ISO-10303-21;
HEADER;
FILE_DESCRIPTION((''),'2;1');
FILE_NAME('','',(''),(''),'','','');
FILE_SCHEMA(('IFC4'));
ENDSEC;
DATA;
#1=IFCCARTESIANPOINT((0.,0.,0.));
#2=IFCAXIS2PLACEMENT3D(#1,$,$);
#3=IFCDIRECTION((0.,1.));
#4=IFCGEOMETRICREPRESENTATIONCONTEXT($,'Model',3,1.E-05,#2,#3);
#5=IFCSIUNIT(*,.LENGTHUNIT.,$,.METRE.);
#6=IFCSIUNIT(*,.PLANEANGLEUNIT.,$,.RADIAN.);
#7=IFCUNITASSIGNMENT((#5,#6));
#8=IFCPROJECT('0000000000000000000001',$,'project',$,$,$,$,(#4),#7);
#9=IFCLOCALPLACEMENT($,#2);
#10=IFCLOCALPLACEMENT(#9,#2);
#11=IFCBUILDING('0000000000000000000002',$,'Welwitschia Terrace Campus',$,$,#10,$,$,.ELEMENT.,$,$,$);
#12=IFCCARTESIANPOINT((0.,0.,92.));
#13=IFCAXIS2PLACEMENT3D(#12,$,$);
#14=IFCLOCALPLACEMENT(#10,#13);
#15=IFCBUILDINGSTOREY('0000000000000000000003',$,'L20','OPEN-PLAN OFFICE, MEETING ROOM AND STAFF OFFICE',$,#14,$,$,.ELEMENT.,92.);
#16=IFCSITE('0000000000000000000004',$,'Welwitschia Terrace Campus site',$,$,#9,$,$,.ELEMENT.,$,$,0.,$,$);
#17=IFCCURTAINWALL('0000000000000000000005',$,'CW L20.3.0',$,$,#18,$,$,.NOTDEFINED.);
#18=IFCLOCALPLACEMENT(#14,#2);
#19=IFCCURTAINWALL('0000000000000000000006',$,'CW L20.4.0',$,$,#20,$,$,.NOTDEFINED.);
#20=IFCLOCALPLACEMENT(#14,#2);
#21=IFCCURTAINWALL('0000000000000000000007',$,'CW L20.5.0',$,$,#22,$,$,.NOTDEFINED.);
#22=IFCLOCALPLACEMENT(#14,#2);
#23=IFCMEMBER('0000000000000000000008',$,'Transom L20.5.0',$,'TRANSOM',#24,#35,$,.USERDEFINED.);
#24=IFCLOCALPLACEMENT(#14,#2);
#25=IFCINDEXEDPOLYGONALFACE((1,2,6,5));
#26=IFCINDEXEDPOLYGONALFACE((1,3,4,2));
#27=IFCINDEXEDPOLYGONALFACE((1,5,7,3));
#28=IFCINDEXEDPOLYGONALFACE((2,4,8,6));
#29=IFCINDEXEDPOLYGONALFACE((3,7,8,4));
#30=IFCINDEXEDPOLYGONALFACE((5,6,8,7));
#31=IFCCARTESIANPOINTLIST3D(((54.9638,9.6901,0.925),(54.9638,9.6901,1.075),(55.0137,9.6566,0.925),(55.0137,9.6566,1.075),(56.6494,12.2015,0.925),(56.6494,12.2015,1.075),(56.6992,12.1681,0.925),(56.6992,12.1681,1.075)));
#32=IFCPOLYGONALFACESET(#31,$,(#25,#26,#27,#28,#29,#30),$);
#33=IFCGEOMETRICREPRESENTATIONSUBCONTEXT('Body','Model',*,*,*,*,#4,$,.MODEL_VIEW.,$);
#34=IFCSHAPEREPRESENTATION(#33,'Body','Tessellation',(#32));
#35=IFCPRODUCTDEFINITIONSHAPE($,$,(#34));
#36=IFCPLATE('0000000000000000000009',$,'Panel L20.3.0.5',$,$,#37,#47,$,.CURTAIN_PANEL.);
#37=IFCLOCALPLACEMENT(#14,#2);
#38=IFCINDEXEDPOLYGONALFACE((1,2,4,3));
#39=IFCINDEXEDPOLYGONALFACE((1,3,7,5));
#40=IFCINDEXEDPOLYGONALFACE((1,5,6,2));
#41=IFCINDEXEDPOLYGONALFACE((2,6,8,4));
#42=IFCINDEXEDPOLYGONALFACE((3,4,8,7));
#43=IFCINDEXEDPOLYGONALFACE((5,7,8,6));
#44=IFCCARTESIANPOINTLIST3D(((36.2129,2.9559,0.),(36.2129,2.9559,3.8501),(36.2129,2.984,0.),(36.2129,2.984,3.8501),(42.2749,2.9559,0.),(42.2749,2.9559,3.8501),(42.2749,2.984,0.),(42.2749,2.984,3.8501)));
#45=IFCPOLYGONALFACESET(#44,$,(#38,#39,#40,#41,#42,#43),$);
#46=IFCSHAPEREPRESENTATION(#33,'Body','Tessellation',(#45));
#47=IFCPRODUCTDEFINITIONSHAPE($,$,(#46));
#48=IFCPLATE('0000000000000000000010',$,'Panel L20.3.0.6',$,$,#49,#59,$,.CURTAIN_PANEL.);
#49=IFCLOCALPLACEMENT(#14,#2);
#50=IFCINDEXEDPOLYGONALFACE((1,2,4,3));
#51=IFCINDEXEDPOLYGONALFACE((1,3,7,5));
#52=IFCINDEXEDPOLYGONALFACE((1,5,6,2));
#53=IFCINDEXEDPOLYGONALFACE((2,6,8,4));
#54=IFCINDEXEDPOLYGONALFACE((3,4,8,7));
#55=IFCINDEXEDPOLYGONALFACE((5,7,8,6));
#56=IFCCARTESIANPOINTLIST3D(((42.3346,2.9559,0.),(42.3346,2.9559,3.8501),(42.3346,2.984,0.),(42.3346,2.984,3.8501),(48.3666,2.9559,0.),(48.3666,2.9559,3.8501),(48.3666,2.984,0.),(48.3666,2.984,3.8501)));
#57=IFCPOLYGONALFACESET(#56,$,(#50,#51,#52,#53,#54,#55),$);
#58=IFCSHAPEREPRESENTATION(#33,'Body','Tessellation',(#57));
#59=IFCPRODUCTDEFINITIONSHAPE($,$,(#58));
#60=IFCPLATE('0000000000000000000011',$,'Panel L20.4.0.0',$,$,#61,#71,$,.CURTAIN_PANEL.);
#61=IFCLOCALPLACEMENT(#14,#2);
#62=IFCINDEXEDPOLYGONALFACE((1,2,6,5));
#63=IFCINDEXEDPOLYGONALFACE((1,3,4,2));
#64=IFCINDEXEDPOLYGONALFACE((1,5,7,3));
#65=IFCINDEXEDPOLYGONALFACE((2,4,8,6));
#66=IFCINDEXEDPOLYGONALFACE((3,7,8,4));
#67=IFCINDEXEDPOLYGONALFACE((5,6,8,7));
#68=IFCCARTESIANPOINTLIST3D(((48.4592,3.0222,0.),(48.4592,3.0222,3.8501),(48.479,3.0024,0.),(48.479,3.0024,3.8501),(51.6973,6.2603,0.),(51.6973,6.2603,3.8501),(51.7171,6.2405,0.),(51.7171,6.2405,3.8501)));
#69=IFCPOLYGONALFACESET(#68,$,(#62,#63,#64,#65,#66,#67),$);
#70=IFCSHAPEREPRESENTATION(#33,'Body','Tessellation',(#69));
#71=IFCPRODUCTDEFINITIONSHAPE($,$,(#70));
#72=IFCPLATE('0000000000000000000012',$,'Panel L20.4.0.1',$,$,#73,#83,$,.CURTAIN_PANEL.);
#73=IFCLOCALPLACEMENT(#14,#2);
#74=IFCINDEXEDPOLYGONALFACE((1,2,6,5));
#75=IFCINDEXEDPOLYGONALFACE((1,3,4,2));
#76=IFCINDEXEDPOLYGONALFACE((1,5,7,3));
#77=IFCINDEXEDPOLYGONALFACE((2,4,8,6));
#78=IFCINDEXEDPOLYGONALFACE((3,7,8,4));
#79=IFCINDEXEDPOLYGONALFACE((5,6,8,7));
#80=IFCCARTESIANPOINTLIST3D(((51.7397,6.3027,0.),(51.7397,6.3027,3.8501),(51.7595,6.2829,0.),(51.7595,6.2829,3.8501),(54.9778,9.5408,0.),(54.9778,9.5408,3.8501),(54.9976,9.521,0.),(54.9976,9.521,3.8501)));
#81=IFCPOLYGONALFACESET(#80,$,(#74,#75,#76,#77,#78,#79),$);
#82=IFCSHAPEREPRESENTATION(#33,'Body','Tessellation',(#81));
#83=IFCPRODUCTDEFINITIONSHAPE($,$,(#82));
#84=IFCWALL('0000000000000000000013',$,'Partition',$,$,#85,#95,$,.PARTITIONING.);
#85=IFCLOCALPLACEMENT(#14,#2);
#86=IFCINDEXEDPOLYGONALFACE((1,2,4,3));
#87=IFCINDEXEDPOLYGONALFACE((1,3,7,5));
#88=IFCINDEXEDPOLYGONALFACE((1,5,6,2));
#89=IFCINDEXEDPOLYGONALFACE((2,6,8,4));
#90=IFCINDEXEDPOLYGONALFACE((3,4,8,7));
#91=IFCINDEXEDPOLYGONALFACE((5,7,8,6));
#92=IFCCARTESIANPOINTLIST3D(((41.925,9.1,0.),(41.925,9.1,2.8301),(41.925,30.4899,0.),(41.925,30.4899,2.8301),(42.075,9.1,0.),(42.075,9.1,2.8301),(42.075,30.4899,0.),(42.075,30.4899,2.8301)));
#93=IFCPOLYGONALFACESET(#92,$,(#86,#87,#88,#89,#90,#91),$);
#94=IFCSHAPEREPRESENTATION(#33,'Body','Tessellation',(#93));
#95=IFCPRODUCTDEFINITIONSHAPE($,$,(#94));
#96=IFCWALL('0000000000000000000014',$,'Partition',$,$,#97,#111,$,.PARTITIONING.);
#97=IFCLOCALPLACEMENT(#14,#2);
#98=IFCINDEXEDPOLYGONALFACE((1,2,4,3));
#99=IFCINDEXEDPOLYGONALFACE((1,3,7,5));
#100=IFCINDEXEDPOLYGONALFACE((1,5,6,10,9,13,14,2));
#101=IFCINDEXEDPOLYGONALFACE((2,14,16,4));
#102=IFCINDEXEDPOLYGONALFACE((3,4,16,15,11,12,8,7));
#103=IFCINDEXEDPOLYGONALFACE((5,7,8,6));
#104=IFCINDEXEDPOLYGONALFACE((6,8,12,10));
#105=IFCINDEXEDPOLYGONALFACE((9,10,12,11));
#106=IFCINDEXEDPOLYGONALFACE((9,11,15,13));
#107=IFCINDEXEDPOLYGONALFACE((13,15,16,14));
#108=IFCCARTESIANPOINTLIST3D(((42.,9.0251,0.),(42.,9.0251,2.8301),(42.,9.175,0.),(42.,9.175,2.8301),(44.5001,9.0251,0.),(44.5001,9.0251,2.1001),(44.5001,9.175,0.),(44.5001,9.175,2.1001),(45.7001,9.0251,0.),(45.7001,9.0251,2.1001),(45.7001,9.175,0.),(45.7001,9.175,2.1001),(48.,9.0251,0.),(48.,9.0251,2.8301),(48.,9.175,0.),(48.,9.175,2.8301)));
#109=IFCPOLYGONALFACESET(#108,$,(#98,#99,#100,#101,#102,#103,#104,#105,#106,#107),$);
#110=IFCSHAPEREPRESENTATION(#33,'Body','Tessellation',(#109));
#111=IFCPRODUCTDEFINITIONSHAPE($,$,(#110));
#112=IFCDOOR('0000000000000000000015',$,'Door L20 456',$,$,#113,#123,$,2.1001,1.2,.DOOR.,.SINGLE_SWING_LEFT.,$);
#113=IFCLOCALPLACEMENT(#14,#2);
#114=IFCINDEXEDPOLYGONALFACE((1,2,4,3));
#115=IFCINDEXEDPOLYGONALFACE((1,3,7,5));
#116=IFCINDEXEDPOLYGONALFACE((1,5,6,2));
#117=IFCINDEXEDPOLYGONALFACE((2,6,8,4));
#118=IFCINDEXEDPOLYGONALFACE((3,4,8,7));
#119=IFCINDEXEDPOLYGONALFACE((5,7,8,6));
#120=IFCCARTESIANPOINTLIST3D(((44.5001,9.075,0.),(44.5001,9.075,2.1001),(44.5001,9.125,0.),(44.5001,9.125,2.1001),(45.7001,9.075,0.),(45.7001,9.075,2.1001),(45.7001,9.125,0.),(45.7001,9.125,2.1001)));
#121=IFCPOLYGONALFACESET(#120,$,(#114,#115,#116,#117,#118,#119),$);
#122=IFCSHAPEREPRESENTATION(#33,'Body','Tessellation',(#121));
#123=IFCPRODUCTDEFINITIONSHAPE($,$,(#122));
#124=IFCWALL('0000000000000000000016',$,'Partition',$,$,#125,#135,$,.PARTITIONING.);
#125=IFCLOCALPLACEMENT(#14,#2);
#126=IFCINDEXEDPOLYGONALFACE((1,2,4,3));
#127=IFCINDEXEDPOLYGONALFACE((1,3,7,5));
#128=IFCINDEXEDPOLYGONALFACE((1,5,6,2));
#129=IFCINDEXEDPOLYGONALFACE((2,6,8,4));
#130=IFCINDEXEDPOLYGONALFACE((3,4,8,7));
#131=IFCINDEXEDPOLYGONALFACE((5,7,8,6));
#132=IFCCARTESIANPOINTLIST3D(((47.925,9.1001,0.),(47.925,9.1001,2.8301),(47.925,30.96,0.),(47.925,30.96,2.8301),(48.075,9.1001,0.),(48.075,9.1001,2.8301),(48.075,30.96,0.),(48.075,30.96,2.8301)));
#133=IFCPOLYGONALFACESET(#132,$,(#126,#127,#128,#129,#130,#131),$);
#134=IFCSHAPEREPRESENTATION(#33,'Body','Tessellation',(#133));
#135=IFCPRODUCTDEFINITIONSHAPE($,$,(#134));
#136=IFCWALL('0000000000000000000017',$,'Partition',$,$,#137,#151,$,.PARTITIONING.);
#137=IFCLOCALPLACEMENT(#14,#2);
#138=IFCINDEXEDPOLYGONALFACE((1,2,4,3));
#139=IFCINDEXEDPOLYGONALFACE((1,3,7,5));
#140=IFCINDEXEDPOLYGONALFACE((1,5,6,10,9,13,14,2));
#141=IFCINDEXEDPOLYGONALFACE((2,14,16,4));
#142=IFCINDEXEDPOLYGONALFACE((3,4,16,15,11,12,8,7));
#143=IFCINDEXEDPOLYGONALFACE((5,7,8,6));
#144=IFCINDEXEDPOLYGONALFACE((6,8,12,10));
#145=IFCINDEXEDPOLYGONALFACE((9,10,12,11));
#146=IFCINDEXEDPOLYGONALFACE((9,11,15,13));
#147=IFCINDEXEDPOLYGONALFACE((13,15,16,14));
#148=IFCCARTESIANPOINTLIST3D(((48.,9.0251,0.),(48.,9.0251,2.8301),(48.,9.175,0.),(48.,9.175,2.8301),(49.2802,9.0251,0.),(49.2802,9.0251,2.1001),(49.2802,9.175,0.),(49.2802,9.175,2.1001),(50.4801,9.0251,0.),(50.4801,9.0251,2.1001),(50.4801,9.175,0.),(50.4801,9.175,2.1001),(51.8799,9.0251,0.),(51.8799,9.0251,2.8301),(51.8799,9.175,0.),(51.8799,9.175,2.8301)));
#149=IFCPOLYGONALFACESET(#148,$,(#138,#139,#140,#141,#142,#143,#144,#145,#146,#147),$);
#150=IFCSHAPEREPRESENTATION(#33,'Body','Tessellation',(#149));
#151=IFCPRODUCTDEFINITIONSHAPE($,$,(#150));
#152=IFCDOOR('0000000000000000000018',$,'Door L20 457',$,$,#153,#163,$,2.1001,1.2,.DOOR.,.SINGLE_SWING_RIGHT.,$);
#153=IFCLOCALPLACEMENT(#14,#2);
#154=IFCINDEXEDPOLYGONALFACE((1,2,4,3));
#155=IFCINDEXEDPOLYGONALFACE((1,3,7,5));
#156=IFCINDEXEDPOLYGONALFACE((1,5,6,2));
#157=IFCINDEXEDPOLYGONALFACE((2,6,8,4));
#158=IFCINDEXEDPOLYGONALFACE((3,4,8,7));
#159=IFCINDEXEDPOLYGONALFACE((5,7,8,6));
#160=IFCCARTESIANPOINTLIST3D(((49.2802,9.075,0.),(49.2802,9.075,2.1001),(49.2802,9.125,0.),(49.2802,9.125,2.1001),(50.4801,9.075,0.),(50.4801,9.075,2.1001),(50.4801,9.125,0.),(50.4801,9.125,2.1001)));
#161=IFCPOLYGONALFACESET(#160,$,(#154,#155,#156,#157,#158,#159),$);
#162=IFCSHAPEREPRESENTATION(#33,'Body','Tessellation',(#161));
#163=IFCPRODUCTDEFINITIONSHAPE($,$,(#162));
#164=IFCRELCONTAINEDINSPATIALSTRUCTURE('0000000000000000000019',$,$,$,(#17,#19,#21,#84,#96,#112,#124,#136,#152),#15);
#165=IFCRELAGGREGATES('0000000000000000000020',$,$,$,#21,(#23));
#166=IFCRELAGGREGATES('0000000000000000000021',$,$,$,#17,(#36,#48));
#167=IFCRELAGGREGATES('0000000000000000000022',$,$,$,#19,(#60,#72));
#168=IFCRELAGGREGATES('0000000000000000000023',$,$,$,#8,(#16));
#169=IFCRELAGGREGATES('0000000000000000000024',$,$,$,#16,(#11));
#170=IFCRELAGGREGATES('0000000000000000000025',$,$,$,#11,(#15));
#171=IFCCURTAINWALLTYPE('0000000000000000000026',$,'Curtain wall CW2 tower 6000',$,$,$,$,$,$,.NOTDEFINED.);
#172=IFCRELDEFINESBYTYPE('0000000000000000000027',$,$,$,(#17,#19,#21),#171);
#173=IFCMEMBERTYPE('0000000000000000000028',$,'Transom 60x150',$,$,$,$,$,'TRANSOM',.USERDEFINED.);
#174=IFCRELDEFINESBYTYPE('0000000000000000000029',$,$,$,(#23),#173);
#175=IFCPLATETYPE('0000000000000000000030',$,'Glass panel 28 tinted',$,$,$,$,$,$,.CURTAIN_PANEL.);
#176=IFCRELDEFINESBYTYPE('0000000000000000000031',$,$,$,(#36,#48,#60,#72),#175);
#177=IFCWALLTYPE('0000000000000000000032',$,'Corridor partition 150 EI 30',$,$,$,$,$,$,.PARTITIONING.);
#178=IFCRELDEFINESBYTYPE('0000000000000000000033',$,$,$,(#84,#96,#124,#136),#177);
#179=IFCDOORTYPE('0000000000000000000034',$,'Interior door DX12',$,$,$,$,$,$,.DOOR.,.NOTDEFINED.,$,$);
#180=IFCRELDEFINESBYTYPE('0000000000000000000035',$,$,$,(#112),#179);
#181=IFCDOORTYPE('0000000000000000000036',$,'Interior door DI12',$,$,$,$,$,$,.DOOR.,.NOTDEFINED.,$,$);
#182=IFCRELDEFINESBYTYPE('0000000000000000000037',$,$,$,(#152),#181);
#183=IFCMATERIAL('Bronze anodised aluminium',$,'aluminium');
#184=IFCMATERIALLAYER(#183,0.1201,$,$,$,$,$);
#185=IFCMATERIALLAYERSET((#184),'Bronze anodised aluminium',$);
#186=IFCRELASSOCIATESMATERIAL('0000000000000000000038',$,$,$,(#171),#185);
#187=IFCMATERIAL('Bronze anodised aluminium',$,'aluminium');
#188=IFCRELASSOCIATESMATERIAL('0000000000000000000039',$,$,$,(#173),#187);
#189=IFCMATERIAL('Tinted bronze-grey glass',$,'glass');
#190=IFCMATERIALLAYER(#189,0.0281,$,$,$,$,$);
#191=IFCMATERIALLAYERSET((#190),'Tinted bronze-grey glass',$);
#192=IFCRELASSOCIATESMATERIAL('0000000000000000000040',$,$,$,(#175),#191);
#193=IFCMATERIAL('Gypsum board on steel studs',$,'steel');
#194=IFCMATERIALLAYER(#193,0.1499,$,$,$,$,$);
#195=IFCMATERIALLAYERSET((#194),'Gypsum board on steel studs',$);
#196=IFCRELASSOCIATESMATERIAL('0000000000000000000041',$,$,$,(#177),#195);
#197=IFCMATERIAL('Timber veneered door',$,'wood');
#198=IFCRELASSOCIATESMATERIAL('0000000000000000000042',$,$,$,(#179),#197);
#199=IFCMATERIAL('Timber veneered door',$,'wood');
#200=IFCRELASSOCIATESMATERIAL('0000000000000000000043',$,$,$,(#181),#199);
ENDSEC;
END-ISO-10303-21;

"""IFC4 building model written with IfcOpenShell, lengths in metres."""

from ifc_helpers import new_model, si_unit, direction, frame, frame_2d, origin, origin_2d, place, context, subcontext, project, spatial, rectangle, extrude, material, layer, layer_set, material_profile, profile_set, type_object, element, fill, aggregate, save


model = new_model("IFC4")

# Units and contexts
model_context = context("Model", 3, precision=1e-05, world=origin(), true_north=direction((0.0, 1.0)))
body_context = subcontext(model_context, "Body", "Model", "MODEL_VIEW")
ifc_project = project(units=[si_unit("LENGTHUNIT", "METRE"), si_unit("PLANEANGLEUNIT", "RADIAN")], contexts=[model_context])

# Site, building, storey
site_placement = place(None, origin())
site = spatial("IfcSite", under=ifc_project, at=site_placement, Name="Welwitschia Terrace Campus site", CompositionType="ELEMENT", RefElevation=0.0)
building_placement = place(site_placement, origin())
building = spatial("IfcBuilding", under=site, at=building_placement, Name="Welwitschia Terrace Campus", CompositionType="ELEMENT")
storey_placement = place(building_placement, frame((0.0, 0.0, 92.0)))
storey = spatial("IfcBuildingStorey", under=building, at=storey_placement, Name="L20", Description="OPEN-PLAN OFFICE, MEETING ROOM AND STAFF OFFICE", CompositionType="ELEMENT", Elevation=92.0)

# Curtain walls
ifc_material_1 = material(Name="Bronze anodised aluminium", Category="aluminium")
ifc_layer_1 = layer(ifc_material_1, 0.1201)
ifc_layer_set_1 = layer_set([ifc_layer_1], Name="Bronze anodised aluminium")
curtain_wall_type = type_object("IfcCurtainWallType", Name="Curtain wall CW2 tower 6000", PredefinedType="NOTDEFINED", material=ifc_layer_set_1)
curtain_wall_1_placement = place(storey_placement, origin())
curtain_wall_1 = element("IfcCurtainWall", 1, at=curtain_wall_1_placement, inside=storey, type_object=curtain_wall_type, Name="CW L20.3.0", PredefinedType="NOTDEFINED")
curtain_wall_2_placement = place(storey_placement, origin())
curtain_wall_2 = element("IfcCurtainWall", 2, at=curtain_wall_2_placement, inside=storey, type_object=curtain_wall_type, Name="CW L20.4.0", PredefinedType="NOTDEFINED")

# Curtain wall
curtain_wall_3_placement = place(storey_placement, origin())
curtain_wall_3 = element("IfcCurtainWall", 3, at=curtain_wall_3_placement, inside=storey, type_object=curtain_wall_type, Name="CW L20.5.0", PredefinedType="NOTDEFINED")

# Member
ifc_material_2 = material(Name="Bronze anodised aluminium", Category="aluminium")
ifc_material_profile_1 = material_profile(ifc_material_2, rectangle(XDim=0.0601, YDim=0.1499, at=origin_2d()))
ifc_profile_set_1 = profile_set([ifc_material_profile_1], Name="Bronze anodised aluminium")
member_type_1 = type_object("IfcMemberType", Name="Transom 60x150", ElementType="TRANSOM", PredefinedType="USERDEFINED", material=ifc_profile_set_1)
member_1_placement = place(storey_placement, frame((54.9888, 9.6733, 1.0), z_axis=(0.557268, 0.830333, 0.0), x_axis=(-0.830333, 0.557268, 0.0)))
member_1 = element("IfcMember", 4, at=member_1_placement, type_object=member_type_1, Name="Transom L20.5.0", ObjectType="TRANSOM", PredefinedType="USERDEFINED", context=body_context, shape_type="SweptSolid", body=[
    extrude(rectangle(XDim=0.0601, YDim=0.1499, at=origin_2d()), origin(), (0.0, 0.0, 1.0), 3.0247),
])
aggregate(curtain_wall_3, [member_1])

# Plates
ifc_material_3 = material(Name="Tinted bronze-grey glass", Category="glass")
ifc_layer_2 = layer(ifc_material_3, 0.0281)
ifc_layer_set_2 = layer_set([ifc_layer_2], Name="Tinted bronze-grey glass")
plate_type = type_object("IfcPlateType", Name="Glass panel 28 tinted", PredefinedType="CURTAIN_PANEL", material=ifc_layer_set_2)
plate_1_placement = place(storey_placement, frame((39.2439, 2.97, 0.0), z_axis=(0.0, 0.0, 1.0), x_axis=(1.0, 0.0, 0.0)))
plate_1 = element("IfcPlate", 5, at=plate_1_placement, type_object=plate_type, Name="Panel L20.3.0.5", PredefinedType="CURTAIN_PANEL", context=body_context, shape_type="SweptSolid", body=[
    extrude(rectangle(XDim=6.062, YDim=0.0281, at=origin_2d()), origin(), (0.0, 0.0, 1.0), 3.8501),
])
plate_2_placement = place(storey_placement, frame((45.3506, 2.97, 0.0), z_axis=(0.0, 0.0, 1.0), x_axis=(1.0, 0.0, 0.0)))
plate_2 = element("IfcPlate", 6, at=plate_2_placement, type_object=plate_type, Name="Panel L20.3.0.6", PredefinedType="CURTAIN_PANEL", context=body_context, shape_type="SweptSolid", body=[
    extrude(rectangle(XDim=6.032, YDim=0.0281, at=origin_2d()), origin(), (0.0, 0.0, 1.0), 3.8501),
])
aggregate(curtain_wall_1, [plate_1, plate_2])
plate_3_placement = place(storey_placement, frame((50.0881, 4.6313, 0.0), z_axis=(0.0, 0.0, 1.0), x_axis=(0.707107, 0.707107, 0.0)))
plate_3 = element("IfcPlate", 7, at=plate_3_placement, type_object=plate_type, Name="Panel L20.4.0.0", PredefinedType="CURTAIN_PANEL", context=body_context, shape_type="SweptSolid", body=[
    extrude(rectangle(XDim=4.5793, YDim=0.0281, at=origin_2d()), origin(), (0.0, 0.0, 1.0), 3.8501),
])
plate_4_placement = place(storey_placement, frame((53.3687, 7.9119, 0.0), z_axis=(0.0, 0.0, 1.0), x_axis=(0.707107, 0.707107, 0.0)))
plate_4 = element("IfcPlate", 8, at=plate_4_placement, type_object=plate_type, Name="Panel L20.4.0.1", PredefinedType="CURTAIN_PANEL", context=body_context, shape_type="SweptSolid", body=[
    extrude(rectangle(XDim=4.5793, YDim=0.0281, at=origin_2d()), origin(), (0.0, 0.0, 1.0), 3.8501),
])
aggregate(curtain_wall_2, [plate_3, plate_4])

# Wall
ifc_material_4 = material(Name="Gypsum board on steel studs", Category="steel")
ifc_layer_3 = layer(ifc_material_4, 0.1499)
ifc_layer_set_3 = layer_set([ifc_layer_3], Name="Gypsum board on steel studs")
wall_type = type_object("IfcWallType", Name="Corridor partition 150 EI 30", PredefinedType="PARTITIONING", material=ifc_layer_set_3)
wall_1_placement = place(storey_placement, frame((42.0, 9.1001, 0.0), z_axis=(0.0, 0.0, 1.0), x_axis=(0.0, 1.0, 0.0)))
element("IfcWall", 9, at=wall_1_placement, inside=storey, type_object=wall_type, Name="Partition", PredefinedType="PARTITIONING", context=body_context, shape_type="SweptSolid", body=[
    extrude(rectangle(XDim=21.3899, YDim=0.1499, at=frame_2d((10.6948, 0.0))), origin(), (0.0, 0.0, 1.0), 2.8301),
])

# Wall, opening, door
wall_2_placement = place(storey_placement, frame((42.0, 9.1001, 0.0), z_axis=(0.0, 0.0, 1.0), x_axis=(1.0, 0.0, 0.0)))
wall_2 = element("IfcWall", 10, at=wall_2_placement, inside=storey, type_object=wall_type, Name="Partition", PredefinedType="PARTITIONING", context=body_context, shape_type="SweptSolid", body=[
    extrude(rectangle(XDim=6.0, YDim=0.1499, at=frame_2d((3.0, 0.0))), origin(), (0.0, 0.0, 1.0), 2.8301),
])
opening_1_placement = place(wall_2_placement, frame((2.5, 0.0, 0.0)))
opening_1 = element("IfcOpeningElement", 11, at=opening_1_placement, cuts=wall_2, PredefinedType="OPENING", context=body_context, shape_type="SweptSolid", body=[
    extrude(rectangle(XDim=1.2, YDim=2.1001, at=frame_2d((0.6001, 1.05))), frame((0.0, 0.085, 0.0), z_axis=(0.0, -1.0, 0.0), x_axis=(1.0, 0.0, 0.0)), (0.0, 0.0, 1.0), 0.1699),
])
ifc_material_5 = material(Name="Timber veneered door", Category="wood")
door_type_1 = type_object("IfcDoorType", Name="Interior door DX12", OperationType="NOTDEFINED", PredefinedType="DOOR", material=ifc_material_5)
door_1_placement = place(opening_1_placement, origin())
door_1 = element("IfcDoor", 12, at=door_1_placement, inside=storey, type_object=door_type_1, Name="Door L20 456", OperationType="SINGLE_SWING_LEFT", OverallHeight=2.1001, OverallWidth=1.2, PredefinedType="DOOR", context=body_context, shape_type="SweptSolid", body=[
    extrude(rectangle(XDim=1.2, YDim=2.1001, at=frame_2d((0.6001, 1.05))), frame((0.0, 0.0249, 0.0), z_axis=(0.0, -1.0, 0.0), x_axis=(1.0, 0.0, 0.0)), (0.0, 0.0, 1.0), 0.05),
])
fill(opening_1, door_1)

# Wall
wall_3_placement = place(storey_placement, frame((48.0, 9.1001, 0.0), z_axis=(0.0, 0.0, 1.0), x_axis=(0.0, 1.0, 0.0)))
element("IfcWall", 13, at=wall_3_placement, inside=storey, type_object=wall_type, Name="Partition", PredefinedType="PARTITIONING", context=body_context, shape_type="SweptSolid", body=[
    extrude(rectangle(XDim=21.8599, YDim=0.1499, at=frame_2d((10.9299, 0.0))), origin(), (0.0, 0.0, 1.0), 2.8301),
])

# Wall, opening, door
wall_4_placement = place(storey_placement, frame((48.0, 9.1001, 0.0), z_axis=(0.0, 0.0, 1.0), x_axis=(1.0, 0.0, 0.0)))
wall_4 = element("IfcWall", 14, at=wall_4_placement, inside=storey, type_object=wall_type, Name="Partition", PredefinedType="PARTITIONING", context=body_context, shape_type="SweptSolid", body=[
    extrude(rectangle(XDim=3.8799, YDim=0.1499, at=frame_2d((1.9399, 0.0))), origin(), (0.0, 0.0, 1.0), 2.8301),
])
opening_2_placement = place(wall_4_placement, frame((1.28, 0.0, 0.0)))
opening_2 = element("IfcOpeningElement", 15, at=opening_2_placement, cuts=wall_4, PredefinedType="OPENING", context=body_context, shape_type="SweptSolid", body=[
    extrude(rectangle(XDim=1.2, YDim=2.1001, at=frame_2d((0.6001, 1.05))), frame((0.0, 0.085, 0.0), z_axis=(0.0, -1.0, 0.0), x_axis=(1.0, 0.0, 0.0)), (0.0, 0.0, 1.0), 0.1699),
])
ifc_material_6 = material(Name="Timber veneered door", Category="wood")
door_type_2 = type_object("IfcDoorType", Name="Interior door DI12", OperationType="NOTDEFINED", PredefinedType="DOOR", material=ifc_material_6)
door_2_placement = place(opening_2_placement, origin())
door_2 = element("IfcDoor", 16, at=door_2_placement, inside=storey, type_object=door_type_2, Name="Door L20 457", OperationType="SINGLE_SWING_RIGHT", OverallHeight=2.1001, OverallWidth=1.2, PredefinedType="DOOR", context=body_context, shape_type="SweptSolid", body=[
    extrude(rectangle(XDim=1.2, YDim=2.1001, at=frame_2d((0.6001, 1.05))), frame((0.0, 0.0249, 0.0), z_axis=(0.0, -1.0, 0.0), x_axis=(1.0, 0.0, 0.0)), (0.0, 0.0, 1.0), 0.05),
])
fill(opening_2, door_2)

save(model, "model.ifc")
